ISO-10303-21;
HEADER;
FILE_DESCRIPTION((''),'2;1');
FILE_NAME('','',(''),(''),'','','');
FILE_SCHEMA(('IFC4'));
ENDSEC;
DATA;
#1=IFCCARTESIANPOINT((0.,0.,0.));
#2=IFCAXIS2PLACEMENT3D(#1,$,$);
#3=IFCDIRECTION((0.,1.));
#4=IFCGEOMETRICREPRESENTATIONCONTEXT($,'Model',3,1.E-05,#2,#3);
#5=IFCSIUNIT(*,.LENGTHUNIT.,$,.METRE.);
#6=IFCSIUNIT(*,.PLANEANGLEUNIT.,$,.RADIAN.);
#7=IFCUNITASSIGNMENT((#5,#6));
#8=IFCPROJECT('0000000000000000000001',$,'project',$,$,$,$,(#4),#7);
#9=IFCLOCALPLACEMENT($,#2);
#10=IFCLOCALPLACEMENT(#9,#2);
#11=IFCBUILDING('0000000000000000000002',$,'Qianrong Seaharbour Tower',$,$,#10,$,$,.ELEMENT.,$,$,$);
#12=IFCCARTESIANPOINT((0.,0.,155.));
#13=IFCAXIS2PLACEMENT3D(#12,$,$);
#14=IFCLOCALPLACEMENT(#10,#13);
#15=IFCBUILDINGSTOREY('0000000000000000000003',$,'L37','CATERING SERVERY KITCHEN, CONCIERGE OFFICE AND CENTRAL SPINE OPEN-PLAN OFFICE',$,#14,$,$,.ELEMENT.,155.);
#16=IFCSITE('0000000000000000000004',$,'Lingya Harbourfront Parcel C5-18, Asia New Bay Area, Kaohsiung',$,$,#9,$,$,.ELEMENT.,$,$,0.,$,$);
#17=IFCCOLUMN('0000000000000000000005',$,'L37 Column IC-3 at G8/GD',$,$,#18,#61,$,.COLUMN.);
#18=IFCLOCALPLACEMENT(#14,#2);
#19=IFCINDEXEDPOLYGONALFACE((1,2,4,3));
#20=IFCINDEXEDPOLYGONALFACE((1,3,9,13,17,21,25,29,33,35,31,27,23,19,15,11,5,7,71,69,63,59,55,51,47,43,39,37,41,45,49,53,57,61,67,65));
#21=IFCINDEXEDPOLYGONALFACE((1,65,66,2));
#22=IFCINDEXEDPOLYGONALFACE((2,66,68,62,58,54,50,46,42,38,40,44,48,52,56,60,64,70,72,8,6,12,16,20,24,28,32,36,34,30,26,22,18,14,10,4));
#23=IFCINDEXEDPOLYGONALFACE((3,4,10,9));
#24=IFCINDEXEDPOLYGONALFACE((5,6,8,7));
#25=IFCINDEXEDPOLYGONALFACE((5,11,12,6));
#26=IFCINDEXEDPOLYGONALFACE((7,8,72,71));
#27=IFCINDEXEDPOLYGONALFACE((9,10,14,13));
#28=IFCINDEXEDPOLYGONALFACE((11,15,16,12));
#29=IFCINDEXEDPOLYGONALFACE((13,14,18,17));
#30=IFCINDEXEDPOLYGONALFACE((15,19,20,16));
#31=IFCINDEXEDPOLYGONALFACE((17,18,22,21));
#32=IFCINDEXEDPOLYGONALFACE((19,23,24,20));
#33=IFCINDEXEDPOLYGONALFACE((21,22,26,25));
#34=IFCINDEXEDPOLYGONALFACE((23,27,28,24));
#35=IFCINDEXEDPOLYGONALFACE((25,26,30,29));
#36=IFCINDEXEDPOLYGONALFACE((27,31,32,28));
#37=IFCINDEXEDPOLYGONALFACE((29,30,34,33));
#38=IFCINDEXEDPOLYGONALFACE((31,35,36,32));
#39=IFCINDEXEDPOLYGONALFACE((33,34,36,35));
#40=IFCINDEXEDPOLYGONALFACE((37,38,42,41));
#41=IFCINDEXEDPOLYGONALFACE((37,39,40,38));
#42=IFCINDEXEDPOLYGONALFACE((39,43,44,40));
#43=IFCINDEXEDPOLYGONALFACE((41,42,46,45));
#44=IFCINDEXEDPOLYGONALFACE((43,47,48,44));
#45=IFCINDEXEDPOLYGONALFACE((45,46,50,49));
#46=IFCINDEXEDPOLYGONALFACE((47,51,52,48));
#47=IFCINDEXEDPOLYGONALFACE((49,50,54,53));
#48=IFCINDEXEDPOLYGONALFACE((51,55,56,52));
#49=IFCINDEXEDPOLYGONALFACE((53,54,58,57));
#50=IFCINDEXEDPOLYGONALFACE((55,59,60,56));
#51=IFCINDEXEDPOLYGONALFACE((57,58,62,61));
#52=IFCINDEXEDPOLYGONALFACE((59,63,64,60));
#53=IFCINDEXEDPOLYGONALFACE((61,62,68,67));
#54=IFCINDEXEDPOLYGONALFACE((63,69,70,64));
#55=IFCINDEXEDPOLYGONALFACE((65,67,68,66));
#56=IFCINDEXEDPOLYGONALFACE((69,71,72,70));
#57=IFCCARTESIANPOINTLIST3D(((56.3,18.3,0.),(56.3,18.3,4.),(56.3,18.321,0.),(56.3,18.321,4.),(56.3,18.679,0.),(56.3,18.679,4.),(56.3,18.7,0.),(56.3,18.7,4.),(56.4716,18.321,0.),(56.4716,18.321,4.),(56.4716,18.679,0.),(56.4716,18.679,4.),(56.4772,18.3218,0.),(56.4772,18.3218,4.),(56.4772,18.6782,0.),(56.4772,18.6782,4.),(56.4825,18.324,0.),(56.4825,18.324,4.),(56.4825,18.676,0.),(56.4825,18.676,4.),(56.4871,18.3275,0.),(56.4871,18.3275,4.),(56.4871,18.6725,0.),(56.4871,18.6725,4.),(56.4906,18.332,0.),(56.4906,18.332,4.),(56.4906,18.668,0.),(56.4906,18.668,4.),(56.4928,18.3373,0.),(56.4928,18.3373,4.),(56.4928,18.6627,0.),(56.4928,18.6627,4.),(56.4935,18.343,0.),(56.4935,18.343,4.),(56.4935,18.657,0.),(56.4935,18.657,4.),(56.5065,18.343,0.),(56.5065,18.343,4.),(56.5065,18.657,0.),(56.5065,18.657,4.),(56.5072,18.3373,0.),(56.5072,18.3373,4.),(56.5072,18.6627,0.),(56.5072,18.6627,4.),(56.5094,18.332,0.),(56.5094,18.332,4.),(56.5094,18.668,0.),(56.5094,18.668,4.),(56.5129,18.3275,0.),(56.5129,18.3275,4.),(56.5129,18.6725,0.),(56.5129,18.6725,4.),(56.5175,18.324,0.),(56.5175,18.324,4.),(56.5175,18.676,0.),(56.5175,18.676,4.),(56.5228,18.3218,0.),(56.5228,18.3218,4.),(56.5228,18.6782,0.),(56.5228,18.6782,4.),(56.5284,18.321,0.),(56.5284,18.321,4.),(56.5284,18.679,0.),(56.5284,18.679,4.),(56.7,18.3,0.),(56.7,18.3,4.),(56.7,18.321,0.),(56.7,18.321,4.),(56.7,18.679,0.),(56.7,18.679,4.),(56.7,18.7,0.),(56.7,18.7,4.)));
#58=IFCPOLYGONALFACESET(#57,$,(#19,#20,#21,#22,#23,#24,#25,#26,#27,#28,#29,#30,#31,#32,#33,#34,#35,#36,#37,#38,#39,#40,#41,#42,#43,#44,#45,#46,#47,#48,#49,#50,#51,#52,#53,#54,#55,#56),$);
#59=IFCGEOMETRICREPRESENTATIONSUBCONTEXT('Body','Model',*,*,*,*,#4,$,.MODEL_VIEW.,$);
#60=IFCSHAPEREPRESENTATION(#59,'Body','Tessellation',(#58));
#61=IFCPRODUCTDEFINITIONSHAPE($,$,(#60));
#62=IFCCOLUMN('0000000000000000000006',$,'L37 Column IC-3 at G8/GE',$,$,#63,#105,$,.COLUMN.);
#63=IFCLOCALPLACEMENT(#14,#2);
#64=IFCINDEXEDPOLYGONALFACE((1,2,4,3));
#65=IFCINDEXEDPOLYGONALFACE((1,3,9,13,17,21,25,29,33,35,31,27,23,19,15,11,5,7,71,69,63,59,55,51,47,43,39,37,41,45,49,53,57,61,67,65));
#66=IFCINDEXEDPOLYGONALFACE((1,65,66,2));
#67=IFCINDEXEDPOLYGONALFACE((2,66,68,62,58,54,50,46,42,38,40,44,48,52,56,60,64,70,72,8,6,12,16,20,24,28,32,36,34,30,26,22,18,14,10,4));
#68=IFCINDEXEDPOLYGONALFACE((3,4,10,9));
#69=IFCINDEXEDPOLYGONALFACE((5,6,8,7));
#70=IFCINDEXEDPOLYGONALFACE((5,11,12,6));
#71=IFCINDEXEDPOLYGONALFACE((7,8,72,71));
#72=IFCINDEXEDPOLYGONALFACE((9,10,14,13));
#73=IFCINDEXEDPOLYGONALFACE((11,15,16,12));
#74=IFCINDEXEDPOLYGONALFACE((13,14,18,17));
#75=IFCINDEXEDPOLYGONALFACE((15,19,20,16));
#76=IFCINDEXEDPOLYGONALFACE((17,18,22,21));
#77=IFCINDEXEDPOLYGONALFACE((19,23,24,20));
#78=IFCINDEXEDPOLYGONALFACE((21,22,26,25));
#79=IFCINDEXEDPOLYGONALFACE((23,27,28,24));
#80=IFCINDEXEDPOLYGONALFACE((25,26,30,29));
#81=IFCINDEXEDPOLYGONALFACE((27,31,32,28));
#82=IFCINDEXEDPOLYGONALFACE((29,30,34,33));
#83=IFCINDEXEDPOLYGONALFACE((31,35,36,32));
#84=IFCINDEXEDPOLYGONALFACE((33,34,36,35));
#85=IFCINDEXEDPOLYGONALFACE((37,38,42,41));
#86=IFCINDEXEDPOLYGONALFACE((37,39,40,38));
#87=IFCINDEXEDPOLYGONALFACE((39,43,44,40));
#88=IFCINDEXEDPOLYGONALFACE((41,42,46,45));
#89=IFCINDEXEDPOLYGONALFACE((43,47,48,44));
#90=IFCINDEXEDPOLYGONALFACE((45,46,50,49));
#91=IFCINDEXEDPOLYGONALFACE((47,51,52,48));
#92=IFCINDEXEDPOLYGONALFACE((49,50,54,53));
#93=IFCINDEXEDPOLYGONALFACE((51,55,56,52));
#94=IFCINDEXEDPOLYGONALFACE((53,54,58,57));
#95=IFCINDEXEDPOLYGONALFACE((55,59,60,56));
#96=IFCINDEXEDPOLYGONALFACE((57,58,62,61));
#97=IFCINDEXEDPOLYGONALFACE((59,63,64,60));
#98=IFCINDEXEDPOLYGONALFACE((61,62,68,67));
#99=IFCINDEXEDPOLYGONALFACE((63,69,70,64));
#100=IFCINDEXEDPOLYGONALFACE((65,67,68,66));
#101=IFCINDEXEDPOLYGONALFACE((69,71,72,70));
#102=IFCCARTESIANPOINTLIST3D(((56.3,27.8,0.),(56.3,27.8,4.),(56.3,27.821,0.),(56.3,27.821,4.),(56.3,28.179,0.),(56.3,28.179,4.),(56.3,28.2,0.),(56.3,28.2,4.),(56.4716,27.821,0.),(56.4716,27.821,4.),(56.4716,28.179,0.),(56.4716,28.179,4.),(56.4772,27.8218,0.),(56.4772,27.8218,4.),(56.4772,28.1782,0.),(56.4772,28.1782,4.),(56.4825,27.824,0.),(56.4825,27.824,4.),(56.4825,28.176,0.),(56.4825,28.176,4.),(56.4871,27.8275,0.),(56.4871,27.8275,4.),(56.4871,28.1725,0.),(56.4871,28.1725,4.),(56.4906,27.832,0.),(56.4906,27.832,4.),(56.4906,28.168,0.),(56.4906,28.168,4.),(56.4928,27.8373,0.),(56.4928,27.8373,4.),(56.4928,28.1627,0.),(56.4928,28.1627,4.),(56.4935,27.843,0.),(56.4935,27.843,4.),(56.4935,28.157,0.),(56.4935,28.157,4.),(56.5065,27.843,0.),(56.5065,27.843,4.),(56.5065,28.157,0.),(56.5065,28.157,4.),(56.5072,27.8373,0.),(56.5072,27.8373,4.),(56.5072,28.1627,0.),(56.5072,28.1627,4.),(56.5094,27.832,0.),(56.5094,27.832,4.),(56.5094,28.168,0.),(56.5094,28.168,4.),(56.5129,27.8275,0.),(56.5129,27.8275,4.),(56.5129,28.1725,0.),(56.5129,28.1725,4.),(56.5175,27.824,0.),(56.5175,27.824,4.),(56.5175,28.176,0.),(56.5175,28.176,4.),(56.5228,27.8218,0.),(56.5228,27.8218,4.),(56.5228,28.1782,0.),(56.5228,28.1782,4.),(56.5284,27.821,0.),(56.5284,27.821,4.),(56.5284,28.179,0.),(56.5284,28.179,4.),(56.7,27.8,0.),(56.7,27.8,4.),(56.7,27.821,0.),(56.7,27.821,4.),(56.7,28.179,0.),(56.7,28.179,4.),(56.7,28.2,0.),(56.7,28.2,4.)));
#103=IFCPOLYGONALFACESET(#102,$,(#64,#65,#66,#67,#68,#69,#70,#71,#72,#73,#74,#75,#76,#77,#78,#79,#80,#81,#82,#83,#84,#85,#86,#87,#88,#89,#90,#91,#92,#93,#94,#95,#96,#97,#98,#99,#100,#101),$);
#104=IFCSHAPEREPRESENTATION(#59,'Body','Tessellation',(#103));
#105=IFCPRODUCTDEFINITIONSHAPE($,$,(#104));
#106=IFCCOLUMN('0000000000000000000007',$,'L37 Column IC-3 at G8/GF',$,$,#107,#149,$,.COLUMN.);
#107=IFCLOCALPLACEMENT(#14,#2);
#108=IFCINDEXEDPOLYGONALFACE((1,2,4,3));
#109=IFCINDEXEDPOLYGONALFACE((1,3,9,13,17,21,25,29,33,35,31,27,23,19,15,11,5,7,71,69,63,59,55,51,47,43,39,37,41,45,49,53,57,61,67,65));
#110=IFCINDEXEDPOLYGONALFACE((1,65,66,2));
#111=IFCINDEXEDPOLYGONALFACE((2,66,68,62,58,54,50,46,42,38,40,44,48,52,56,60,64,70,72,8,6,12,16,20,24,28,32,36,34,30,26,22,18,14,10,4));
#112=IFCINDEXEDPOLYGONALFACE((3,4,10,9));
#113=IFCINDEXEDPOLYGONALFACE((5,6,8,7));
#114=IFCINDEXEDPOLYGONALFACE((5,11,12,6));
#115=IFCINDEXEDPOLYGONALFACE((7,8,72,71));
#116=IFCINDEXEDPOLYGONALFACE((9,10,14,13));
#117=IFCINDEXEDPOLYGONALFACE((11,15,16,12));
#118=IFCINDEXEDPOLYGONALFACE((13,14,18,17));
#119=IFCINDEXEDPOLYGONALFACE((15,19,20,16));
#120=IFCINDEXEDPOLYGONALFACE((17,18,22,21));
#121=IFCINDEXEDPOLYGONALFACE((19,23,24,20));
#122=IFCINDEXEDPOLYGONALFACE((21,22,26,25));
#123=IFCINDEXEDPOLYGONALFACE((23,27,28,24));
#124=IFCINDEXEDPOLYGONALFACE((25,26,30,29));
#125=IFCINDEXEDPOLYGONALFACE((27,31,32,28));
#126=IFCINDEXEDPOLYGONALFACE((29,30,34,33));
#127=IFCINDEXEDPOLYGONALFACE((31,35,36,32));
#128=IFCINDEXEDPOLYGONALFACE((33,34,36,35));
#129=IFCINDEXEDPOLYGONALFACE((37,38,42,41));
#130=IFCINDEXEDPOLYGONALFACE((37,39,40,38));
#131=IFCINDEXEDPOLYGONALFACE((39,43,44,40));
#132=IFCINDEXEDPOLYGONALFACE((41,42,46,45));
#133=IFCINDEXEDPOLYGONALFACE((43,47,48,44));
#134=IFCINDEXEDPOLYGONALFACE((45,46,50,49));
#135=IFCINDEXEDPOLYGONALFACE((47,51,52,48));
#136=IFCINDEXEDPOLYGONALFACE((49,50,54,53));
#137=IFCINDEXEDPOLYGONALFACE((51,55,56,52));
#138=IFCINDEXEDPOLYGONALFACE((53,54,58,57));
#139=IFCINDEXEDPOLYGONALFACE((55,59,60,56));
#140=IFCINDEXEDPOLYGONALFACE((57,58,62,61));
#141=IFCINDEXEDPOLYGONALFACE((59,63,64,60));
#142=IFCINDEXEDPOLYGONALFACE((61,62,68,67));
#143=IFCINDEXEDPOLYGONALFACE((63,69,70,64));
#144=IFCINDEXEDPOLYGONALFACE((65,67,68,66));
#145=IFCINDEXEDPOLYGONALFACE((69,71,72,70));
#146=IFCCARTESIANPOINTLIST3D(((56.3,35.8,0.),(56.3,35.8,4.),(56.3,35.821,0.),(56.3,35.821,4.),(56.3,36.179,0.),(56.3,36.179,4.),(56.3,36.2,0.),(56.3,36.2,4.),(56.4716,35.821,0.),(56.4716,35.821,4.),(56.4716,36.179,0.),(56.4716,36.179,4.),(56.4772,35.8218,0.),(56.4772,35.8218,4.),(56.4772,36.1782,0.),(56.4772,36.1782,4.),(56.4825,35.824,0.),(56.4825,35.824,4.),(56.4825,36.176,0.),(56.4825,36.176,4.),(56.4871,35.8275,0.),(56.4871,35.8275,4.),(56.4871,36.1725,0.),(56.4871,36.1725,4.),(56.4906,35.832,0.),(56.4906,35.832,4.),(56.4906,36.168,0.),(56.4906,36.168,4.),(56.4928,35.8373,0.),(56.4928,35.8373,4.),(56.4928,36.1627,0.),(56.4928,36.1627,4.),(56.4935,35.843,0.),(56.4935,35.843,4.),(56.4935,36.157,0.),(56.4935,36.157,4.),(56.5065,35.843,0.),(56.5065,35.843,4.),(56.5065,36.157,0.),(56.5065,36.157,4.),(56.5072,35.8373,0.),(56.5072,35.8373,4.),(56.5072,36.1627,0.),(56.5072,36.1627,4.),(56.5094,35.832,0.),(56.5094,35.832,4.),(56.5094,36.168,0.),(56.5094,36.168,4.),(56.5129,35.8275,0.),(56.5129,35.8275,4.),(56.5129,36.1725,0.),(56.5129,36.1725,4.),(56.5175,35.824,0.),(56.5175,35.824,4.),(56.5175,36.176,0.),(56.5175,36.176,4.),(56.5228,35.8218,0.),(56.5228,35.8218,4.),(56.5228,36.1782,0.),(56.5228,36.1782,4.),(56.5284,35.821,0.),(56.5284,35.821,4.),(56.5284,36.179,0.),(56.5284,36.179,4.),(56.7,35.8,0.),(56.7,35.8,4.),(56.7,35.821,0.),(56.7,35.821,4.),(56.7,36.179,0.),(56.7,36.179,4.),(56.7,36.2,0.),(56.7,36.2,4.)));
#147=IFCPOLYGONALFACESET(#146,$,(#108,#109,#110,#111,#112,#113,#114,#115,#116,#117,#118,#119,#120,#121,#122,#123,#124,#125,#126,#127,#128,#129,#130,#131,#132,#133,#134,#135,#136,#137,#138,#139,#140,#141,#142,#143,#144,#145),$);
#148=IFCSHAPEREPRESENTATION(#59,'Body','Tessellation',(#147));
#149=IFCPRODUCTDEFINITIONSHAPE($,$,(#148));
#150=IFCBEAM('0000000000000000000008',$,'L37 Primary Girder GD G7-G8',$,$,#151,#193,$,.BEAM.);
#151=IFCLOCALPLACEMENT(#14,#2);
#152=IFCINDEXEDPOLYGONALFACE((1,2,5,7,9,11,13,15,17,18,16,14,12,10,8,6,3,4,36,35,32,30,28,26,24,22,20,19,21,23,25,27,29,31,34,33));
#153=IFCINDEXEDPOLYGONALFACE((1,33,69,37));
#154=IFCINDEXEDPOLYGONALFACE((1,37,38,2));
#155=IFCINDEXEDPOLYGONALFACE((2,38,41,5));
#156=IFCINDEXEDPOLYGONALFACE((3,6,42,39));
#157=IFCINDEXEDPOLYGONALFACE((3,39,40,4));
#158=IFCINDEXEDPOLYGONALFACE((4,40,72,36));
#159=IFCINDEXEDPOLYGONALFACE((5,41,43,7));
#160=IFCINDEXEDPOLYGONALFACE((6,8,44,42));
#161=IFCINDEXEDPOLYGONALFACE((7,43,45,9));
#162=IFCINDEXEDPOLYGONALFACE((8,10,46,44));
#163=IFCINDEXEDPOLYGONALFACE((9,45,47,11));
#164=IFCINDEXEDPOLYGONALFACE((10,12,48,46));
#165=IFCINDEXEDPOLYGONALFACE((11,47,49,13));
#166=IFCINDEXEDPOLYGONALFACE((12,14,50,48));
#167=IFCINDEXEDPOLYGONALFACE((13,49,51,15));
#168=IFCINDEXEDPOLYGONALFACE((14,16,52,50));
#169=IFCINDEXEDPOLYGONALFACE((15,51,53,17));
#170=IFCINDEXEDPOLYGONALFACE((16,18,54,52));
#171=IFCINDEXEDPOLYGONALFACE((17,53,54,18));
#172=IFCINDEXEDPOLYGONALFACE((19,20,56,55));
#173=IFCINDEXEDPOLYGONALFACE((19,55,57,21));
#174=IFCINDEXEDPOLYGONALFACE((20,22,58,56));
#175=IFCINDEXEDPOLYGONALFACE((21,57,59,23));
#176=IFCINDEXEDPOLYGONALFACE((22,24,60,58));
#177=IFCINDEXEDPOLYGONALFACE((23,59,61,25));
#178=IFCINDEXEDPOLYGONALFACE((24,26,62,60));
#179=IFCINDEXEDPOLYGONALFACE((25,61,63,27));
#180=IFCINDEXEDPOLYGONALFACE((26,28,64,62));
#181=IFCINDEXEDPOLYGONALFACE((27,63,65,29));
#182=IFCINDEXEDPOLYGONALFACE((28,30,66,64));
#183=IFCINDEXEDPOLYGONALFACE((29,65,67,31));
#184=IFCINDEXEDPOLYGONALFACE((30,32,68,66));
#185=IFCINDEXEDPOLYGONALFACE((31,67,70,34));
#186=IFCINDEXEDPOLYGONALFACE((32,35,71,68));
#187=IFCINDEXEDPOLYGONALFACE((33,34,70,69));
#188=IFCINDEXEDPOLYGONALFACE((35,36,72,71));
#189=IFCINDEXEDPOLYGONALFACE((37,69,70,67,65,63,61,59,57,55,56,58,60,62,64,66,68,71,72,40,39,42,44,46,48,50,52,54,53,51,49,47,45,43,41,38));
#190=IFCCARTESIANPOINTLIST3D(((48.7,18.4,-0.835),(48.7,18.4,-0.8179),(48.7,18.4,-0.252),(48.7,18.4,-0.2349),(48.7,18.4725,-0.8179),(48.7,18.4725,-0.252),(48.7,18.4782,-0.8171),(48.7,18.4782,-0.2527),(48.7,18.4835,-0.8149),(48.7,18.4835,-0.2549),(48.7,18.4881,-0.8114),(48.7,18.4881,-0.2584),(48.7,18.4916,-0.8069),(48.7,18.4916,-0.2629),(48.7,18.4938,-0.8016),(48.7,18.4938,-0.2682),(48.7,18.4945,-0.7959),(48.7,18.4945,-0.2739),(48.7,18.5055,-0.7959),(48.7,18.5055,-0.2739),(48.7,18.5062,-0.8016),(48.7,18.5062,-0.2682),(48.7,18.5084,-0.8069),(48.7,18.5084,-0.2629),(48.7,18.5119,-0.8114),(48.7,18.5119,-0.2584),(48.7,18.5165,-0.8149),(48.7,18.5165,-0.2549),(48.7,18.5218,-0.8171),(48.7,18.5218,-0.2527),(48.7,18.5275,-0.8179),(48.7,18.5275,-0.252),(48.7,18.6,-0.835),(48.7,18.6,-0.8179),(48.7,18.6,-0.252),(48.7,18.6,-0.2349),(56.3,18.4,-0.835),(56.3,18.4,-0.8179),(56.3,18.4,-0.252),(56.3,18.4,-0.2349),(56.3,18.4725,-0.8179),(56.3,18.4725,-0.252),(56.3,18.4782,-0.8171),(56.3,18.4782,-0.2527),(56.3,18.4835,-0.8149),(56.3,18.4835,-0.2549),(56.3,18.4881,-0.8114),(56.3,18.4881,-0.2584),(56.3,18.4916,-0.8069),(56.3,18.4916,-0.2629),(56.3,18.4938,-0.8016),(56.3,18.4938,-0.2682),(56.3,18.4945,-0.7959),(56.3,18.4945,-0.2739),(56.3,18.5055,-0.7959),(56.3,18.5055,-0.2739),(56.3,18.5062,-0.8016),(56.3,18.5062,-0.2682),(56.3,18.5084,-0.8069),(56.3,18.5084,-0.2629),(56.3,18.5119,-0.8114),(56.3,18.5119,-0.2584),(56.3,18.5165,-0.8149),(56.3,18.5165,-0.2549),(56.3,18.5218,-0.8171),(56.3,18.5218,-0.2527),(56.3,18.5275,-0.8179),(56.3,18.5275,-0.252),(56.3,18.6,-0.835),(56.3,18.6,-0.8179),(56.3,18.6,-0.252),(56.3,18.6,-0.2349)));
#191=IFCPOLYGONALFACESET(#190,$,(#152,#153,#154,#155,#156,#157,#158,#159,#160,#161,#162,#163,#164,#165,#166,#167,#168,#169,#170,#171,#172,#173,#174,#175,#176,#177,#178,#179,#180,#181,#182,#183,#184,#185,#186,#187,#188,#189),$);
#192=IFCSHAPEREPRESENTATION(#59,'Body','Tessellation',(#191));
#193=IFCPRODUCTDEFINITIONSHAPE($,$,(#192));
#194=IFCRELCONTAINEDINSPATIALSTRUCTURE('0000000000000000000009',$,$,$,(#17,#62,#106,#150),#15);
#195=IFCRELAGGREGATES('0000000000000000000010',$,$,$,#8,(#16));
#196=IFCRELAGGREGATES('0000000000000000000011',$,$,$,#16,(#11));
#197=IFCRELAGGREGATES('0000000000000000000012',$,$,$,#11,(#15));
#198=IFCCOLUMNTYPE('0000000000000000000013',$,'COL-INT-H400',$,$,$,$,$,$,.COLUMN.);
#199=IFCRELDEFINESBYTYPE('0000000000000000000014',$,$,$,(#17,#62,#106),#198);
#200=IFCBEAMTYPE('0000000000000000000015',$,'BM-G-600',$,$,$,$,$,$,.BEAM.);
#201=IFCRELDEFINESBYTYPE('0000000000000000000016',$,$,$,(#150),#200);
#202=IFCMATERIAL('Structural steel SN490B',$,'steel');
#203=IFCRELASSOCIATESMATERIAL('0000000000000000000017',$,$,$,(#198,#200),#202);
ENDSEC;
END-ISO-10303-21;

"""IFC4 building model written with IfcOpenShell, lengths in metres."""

from ifc_helpers import new_model, si_unit, direction, frame, origin, origin_2d, place, context, subcontext, project, spatial, i_section, extrude, material, material_profile, profile_set, type_object, element, save


model = new_model("IFC4")

# Units and contexts
model_context = context("Model", 3, precision=1e-05, world=origin(), true_north=direction((0.0, 1.0)))
body_context = subcontext(model_context, "Body", "Model", "MODEL_VIEW")
ifc_project = project(units=[si_unit("LENGTHUNIT", "METRE"), si_unit("PLANEANGLEUNIT", "RADIAN")], contexts=[model_context])

# Site, building, storey
site_placement = place(None, origin())
site = spatial("IfcSite", under=ifc_project, at=site_placement, Name="Lingya Harbourfront Parcel C5-18, Asia New Bay Area, Kaohsiung", CompositionType="ELEMENT", RefElevation=0.0)
building_placement = place(site_placement, origin())
building = spatial("IfcBuilding", under=site, at=building_placement, Name="Qianrong Seaharbour Tower", CompositionType="ELEMENT")
storey_placement = place(building_placement, frame((0.0, 0.0, 155.0)))
storey = spatial("IfcBuildingStorey", under=building, at=storey_placement, Name="L37", Description="CATERING SERVERY KITCHEN, CONCIERGE OFFICE AND CENTRAL SPINE OPEN-PLAN OFFICE", CompositionType="ELEMENT", Elevation=155.0)

# Columns
ifc_material_1 = material(Name="Structural steel SN490B", Category="steel")
ifc_material_profile_1 = material_profile(ifc_material_1, i_section(OverallWidth=0.3999, OverallDepth=0.3999, WebThickness=0.0129, FlangeThickness=0.021, FilletRadius=0.022, at=origin_2d()), Name="H400x400x13x21")
ifc_profile_set_1 = profile_set([ifc_material_profile_1], Name="Structural steel SN490B")
column_type_1 = type_object("IfcColumnType", Name="COL-INT-H400", PredefinedType="COLUMN", material=ifc_profile_set_1)
for number, where, z_axis, x_axis, name in (
    (1, (56.5, 18.5, 0.0), (0.0, 0.0, 1.0), (1.0, 0.0, 0.0), "L37 Column IC-3 at G8/GD"),
    (2, (56.5, 28.0, 0.0), (0.0, 0.0, 1.0), (1.0, 0.0, 0.0), "L37 Column IC-3 at G8/GE"),
    (3, (56.5, 36.0, 0.0), (0.0, 0.0, 1.0), (1.0, 0.0, 0.0), "L37 Column IC-3 at G8/GF"),
):
    element("IfcColumn", number, at=place(storey_placement, frame(where, z_axis=z_axis, x_axis=x_axis)), inside=storey, type_object=column_type_1, Name=name, PredefinedType="COLUMN", context=body_context, shape_type="SweptSolid", body=[
        extrude(i_section(OverallWidth=0.3999, OverallDepth=0.3999, WebThickness=0.0129, FlangeThickness=0.021, FilletRadius=0.022, at=origin_2d()), origin(), (0.0, 0.0, 1.0), 4.0),
    ])

# Beam
ifc_material_profile_2 = material_profile(ifc_material_1, i_section(OverallWidth=0.2, OverallDepth=0.6001, WebThickness=0.011, FlangeThickness=0.0171, FilletRadius=0.022, at=origin_2d()), Name="H600x200x11x17")
ifc_profile_set_2 = profile_set([ifc_material_profile_2], Name="Structural steel SN490B")
beam_type_1 = type_object("IfcBeamType", Name="BM-G-600", PredefinedType="BEAM", material=ifc_profile_set_2)
beam_1_placement = place(storey_placement, frame((48.7, 18.5, -0.5349), z_axis=(1.0, 0.0, 0.0), x_axis=(0.0, 1.0, 0.0)))
element("IfcBeam", 4, at=beam_1_placement, inside=storey, type_object=beam_type_1, Name="L37 Primary Girder GD G7-G8", PredefinedType="BEAM", context=body_context, shape_type="SweptSolid", body=[
    extrude(i_section(OverallWidth=0.2, OverallDepth=0.6001, WebThickness=0.011, FlangeThickness=0.0171, FilletRadius=0.022, at=origin_2d()), origin(), (0.0, 0.0, 1.0), 7.6001),
])

save(model, "model.ifc")
